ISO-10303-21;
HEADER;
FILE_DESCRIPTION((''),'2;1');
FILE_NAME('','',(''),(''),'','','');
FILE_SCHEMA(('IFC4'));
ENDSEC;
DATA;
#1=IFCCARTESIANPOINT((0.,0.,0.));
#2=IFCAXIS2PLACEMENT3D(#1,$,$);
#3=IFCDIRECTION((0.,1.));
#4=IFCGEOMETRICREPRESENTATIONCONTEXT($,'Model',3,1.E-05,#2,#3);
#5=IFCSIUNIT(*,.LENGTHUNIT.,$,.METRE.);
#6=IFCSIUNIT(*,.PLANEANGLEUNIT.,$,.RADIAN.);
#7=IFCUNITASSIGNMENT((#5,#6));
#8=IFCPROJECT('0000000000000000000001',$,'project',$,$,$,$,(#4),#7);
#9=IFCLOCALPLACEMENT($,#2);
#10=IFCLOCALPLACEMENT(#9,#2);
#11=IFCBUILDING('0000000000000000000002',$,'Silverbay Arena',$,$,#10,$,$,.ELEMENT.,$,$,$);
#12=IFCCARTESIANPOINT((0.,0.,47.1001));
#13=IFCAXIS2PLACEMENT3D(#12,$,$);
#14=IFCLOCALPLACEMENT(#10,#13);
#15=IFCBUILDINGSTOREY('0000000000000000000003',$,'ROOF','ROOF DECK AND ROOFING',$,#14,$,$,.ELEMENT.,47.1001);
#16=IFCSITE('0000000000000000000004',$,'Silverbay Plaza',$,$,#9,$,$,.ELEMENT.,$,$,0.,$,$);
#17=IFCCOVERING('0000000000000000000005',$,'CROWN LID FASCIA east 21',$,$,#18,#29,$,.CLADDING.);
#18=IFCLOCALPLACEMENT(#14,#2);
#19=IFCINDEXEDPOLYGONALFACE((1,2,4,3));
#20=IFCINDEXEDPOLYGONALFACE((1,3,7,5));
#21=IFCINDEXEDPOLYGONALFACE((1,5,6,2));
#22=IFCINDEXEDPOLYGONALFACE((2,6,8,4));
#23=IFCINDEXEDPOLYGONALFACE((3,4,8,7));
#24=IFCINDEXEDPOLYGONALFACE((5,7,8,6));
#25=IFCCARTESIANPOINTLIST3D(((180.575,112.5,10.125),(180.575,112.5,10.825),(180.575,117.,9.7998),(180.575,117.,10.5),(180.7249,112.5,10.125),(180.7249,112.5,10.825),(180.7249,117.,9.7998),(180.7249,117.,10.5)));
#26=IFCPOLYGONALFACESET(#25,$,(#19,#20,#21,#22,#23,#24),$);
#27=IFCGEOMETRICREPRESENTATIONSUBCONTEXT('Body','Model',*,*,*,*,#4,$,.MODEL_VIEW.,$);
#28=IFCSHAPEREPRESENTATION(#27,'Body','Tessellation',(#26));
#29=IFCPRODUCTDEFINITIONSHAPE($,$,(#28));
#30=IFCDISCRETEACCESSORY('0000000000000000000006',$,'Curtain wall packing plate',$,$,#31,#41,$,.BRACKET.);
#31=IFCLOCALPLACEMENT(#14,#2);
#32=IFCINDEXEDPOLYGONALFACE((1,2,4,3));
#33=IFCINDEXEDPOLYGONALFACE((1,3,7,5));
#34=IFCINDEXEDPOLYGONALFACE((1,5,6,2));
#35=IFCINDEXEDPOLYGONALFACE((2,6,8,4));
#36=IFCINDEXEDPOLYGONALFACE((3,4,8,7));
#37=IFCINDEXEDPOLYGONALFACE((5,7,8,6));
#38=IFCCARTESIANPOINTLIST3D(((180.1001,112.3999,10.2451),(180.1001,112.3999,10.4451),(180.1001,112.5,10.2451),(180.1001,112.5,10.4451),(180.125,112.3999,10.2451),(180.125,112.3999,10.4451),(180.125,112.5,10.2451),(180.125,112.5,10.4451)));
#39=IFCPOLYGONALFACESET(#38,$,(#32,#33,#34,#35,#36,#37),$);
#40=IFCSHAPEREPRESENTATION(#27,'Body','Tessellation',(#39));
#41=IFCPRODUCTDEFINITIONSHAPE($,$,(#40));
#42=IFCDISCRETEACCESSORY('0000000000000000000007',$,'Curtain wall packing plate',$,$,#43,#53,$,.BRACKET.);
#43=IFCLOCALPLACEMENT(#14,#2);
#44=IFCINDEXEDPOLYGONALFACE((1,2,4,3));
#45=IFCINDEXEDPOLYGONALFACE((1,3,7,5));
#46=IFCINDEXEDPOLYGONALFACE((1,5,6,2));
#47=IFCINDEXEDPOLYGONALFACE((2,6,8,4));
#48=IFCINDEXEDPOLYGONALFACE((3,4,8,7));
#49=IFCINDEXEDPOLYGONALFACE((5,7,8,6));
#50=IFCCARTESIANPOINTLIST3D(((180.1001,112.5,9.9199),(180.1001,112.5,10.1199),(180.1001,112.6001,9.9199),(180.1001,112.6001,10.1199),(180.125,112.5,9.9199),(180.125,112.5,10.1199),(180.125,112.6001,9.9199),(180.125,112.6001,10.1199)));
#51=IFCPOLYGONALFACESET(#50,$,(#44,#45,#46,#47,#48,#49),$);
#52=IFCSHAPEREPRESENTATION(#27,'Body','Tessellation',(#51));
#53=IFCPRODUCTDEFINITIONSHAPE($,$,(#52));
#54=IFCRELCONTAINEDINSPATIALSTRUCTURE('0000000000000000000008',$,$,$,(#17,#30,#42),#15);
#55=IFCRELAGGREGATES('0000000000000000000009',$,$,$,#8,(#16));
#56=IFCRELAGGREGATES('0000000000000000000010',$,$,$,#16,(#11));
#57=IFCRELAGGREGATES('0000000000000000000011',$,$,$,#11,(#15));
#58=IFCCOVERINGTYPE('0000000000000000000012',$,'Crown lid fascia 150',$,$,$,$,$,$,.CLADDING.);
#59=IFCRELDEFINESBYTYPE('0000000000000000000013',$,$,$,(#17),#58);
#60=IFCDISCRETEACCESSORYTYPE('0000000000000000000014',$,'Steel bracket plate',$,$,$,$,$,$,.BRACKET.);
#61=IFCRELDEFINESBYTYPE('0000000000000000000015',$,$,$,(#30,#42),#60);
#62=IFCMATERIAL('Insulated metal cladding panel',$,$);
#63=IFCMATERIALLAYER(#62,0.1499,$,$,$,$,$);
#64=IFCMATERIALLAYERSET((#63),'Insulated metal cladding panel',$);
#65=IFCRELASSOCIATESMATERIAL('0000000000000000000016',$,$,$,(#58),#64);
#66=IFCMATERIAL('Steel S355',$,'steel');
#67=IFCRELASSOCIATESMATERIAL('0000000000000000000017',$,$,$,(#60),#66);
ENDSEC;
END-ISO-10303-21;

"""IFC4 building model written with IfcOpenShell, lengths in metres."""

from ifc_helpers import new_model, si_unit, direction, frame, origin, origin_2d, place, context, subcontext, project, spatial, polyline, rectangle, outline, extrude, material, layer, layer_set, type_object, element, save


model = new_model("IFC4")

# Units and contexts
model_context = context("Model", 3, precision=1e-05, world=origin(), true_north=direction((0.0, 1.0)))
body_context = subcontext(model_context, "Body", "Model", "MODEL_VIEW")
ifc_project = project(units=[si_unit("LENGTHUNIT", "METRE"), si_unit("PLANEANGLEUNIT", "RADIAN")], contexts=[model_context])

# Site, building, storey
site_placement = place(None, origin())
site = spatial("IfcSite", under=ifc_project, at=site_placement, Name="Silverbay Plaza", CompositionType="ELEMENT", RefElevation=0.0)
building_placement = place(site_placement, origin())
building = spatial("IfcBuilding", under=site, at=building_placement, Name="Silverbay Arena", CompositionType="ELEMENT")
storey_placement = place(building_placement, frame((0.0, 0.0, 47.1001)))
storey = spatial("IfcBuildingStorey", under=building, at=storey_placement, Name="ROOF", Description="ROOF DECK AND ROOFING", CompositionType="ELEMENT", Elevation=47.1001)

# Covering
ifc_material_1 = material(Name="Insulated metal cladding panel")
ifc_layer_1 = layer(ifc_material_1, 0.1499)
ifc_layer_set_1 = layer_set([ifc_layer_1], Name="Insulated metal cladding panel")
covering_type = type_object("IfcCoveringType", Name="Crown lid fascia 150", PredefinedType="CLADDING", material=ifc_layer_set_1)
covering_1_placement = place(storey_placement, frame((180.575, 112.5, 10.825), z_axis=(-1.0, 0.0, 0.0), x_axis=(0.0, 0.997403, -0.072024)))
element("IfcCovering", 1, at=covering_1_placement, inside=storey, type_object=covering_type, Name="CROWN LID FASCIA east 21", PredefinedType="CLADDING", context=body_context, shape_type="SweptSolid", body=[
    extrude(outline(polyline([(0.0, 0.0), (4.5117, 0.0), (4.5621, 0.6984), (0.0504, 0.6981), (0.0, 0.0)])), origin(), (0.0, 0.0, -1.0), 0.1499),
])

# Discrete accessories
ifc_material_2 = material(Name="Steel S355", Category="steel")
discrete_accessory_type = type_object("IfcDiscreteAccessoryType", Name="Steel bracket plate", PredefinedType="BRACKET", material=ifc_material_2)
for number, where, z_axis, x_axis, name in (
    (2, (180.1125, 112.45, 10.2451), (0.0, 0.0, 1.0), (1.0, 0.0, 0.0), "Curtain wall packing plate"),
    (3, (180.1125, 112.55, 9.9199), (0.0, 0.0, 1.0), (1.0, 0.0, 0.0), "Curtain wall packing plate"),
):
    element("IfcDiscreteAccessory", number, at=place(storey_placement, frame(where, z_axis=z_axis, x_axis=x_axis)), inside=storey, type_object=discrete_accessory_type, Name=name, PredefinedType="BRACKET", context=body_context, shape_type="SweptSolid", body=[
        extrude(rectangle(XDim=0.0249, YDim=0.1001, at=origin_2d()), origin(), (0.0, 0.0, 1.0), 0.2),
    ])

save(model, "model.ifc")
